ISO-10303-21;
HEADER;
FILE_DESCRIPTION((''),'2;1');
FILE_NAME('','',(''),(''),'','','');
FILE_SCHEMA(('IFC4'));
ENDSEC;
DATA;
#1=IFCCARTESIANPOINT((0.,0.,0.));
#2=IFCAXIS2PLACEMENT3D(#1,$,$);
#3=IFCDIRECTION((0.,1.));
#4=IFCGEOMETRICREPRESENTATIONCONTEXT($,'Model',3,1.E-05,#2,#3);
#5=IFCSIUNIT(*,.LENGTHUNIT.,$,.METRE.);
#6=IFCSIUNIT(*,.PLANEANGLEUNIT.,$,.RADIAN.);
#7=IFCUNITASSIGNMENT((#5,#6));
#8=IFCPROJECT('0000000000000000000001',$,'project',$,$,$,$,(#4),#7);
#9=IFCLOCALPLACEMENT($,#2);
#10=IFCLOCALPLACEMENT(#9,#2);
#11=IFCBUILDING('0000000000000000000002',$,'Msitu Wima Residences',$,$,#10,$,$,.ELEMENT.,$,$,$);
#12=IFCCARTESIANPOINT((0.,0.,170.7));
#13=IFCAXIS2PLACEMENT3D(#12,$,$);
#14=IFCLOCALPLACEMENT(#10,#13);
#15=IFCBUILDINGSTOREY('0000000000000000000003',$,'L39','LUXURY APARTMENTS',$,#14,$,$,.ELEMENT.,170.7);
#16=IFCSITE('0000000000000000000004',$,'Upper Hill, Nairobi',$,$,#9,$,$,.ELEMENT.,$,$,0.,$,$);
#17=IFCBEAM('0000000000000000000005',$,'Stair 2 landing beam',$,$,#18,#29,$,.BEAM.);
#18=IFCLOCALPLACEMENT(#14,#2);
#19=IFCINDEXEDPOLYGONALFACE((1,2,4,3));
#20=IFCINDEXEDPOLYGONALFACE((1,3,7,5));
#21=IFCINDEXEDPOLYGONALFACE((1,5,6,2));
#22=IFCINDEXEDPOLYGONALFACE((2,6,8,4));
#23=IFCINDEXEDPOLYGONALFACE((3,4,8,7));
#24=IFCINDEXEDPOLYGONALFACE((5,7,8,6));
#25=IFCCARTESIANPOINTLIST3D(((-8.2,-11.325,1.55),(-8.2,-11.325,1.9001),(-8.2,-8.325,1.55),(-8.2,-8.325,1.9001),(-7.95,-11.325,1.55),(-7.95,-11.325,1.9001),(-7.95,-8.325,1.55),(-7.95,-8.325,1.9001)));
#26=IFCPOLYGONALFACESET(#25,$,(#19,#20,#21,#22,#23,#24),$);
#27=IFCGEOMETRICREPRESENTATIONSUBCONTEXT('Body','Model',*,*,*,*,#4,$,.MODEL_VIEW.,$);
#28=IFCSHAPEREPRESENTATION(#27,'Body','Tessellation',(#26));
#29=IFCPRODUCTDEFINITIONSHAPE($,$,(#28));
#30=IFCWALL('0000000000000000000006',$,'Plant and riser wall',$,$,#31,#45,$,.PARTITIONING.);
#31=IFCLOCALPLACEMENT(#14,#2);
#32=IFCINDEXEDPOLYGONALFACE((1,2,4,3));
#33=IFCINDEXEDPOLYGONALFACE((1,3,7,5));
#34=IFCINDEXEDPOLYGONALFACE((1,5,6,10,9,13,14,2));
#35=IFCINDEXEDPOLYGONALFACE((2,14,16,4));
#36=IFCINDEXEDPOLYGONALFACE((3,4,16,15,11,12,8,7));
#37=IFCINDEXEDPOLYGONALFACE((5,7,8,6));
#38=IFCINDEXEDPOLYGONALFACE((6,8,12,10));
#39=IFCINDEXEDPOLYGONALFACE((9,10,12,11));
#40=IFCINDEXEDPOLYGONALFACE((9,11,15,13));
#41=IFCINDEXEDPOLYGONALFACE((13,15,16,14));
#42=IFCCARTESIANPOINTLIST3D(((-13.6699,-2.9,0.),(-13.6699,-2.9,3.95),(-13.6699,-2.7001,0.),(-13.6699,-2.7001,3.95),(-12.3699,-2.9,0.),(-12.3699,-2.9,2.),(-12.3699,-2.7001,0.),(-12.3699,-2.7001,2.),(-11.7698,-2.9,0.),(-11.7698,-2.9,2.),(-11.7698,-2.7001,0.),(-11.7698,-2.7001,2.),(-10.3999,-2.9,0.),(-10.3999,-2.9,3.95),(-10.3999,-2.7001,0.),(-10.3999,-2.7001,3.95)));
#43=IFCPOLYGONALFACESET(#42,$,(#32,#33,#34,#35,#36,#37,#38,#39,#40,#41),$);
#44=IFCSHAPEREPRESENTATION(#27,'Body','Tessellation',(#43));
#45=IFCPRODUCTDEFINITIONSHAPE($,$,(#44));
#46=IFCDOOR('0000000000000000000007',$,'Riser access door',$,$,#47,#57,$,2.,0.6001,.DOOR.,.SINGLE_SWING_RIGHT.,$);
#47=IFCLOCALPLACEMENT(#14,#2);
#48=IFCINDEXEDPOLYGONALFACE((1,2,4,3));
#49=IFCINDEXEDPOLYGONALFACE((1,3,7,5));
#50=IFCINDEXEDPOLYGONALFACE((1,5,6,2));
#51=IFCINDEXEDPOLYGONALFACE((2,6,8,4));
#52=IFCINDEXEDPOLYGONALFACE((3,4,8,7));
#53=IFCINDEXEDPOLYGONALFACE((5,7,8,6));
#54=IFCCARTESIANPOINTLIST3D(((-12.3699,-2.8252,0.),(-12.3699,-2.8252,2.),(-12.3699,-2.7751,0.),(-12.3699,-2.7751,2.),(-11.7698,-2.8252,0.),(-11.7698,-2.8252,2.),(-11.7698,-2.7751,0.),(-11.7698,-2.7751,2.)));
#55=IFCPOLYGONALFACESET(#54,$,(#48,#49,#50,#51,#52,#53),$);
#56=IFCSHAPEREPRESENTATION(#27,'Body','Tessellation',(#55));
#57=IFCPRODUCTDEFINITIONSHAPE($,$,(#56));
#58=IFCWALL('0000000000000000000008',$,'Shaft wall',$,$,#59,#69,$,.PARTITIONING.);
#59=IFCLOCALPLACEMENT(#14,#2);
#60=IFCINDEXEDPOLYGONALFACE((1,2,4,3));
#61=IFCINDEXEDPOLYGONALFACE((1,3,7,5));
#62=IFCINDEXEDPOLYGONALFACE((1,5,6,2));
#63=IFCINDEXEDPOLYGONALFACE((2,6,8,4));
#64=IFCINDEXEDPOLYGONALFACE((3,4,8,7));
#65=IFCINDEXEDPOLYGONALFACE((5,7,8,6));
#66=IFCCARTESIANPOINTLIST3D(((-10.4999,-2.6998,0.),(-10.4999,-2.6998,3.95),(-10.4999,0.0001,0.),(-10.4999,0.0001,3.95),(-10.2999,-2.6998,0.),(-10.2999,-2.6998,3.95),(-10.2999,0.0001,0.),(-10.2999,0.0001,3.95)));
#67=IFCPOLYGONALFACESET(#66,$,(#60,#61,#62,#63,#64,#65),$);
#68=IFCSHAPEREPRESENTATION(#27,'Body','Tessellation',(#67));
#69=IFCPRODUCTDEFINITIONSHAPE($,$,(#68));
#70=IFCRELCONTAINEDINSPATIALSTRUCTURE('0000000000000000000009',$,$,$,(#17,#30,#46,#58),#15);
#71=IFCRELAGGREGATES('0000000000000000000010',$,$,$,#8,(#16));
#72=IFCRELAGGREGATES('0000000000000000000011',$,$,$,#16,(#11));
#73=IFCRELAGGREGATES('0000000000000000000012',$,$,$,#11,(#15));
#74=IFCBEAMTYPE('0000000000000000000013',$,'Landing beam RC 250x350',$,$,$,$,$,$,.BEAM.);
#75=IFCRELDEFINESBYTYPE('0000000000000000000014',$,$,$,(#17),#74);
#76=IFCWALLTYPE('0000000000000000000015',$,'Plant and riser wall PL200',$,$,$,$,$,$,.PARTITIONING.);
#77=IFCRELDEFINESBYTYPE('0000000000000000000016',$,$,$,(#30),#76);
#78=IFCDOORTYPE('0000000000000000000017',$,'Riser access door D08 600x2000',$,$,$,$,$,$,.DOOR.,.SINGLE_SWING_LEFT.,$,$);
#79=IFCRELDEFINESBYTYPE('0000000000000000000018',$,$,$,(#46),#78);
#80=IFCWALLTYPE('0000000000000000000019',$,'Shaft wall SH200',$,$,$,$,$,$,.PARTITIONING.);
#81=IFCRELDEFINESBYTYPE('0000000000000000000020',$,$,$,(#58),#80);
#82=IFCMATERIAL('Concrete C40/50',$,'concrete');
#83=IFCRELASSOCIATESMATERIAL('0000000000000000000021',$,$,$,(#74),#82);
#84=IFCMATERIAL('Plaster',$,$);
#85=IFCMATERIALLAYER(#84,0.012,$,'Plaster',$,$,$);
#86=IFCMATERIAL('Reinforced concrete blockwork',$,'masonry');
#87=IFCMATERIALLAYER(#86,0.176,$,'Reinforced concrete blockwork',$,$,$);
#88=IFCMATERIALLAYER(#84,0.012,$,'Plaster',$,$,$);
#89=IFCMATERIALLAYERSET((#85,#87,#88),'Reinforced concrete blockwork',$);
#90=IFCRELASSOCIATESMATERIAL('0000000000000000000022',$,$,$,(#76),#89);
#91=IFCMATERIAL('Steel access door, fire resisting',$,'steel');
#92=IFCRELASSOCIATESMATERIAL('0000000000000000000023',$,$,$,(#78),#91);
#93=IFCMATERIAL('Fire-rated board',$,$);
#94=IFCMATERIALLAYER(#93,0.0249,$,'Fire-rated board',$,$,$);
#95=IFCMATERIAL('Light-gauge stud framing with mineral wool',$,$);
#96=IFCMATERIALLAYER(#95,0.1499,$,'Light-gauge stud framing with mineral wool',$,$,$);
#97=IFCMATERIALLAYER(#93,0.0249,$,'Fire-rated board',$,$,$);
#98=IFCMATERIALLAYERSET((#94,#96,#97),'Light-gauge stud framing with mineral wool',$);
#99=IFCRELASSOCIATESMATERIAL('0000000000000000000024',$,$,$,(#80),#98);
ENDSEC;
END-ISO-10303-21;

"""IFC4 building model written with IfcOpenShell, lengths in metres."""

from ifc_helpers import new_model, si_unit, direction, frame, frame_2d, origin, origin_2d, place, context, subcontext, project, spatial, rectangle, extrude, material, layer, layer_set, material_profile, profile_set, type_object, element, fill, save


model = new_model("IFC4")

# Units and contexts
model_context = context("Model", 3, precision=1e-05, world=origin(), true_north=direction((0.0, 1.0)))
body_context = subcontext(model_context, "Body", "Model", "MODEL_VIEW")
ifc_project = project(units=[si_unit("LENGTHUNIT", "METRE"), si_unit("PLANEANGLEUNIT", "RADIAN")], contexts=[model_context])

# Site, building, storey
site_placement = place(None, origin())
site = spatial("IfcSite", under=ifc_project, at=site_placement, Name="Upper Hill, Nairobi", CompositionType="ELEMENT", RefElevation=0.0)
building_placement = place(site_placement, origin())
building = spatial("IfcBuilding", under=site, at=building_placement, Name="Msitu Wima Residences", CompositionType="ELEMENT")
storey_placement = place(building_placement, frame((0.0, 0.0, 170.7)))
storey = spatial("IfcBuildingStorey", under=building, at=storey_placement, Name="L39", Description="LUXURY APARTMENTS", CompositionType="ELEMENT", Elevation=170.7)

# Beam
ifc_material_1 = material(Name="Concrete C40/50", Category="concrete")
ifc_material_profile = material_profile(ifc_material_1, rectangle(XDim=0.25, YDim=0.3501, at=origin_2d()), Name="RC 250x350")
ifc_profile_set = profile_set([ifc_material_profile], Name="Concrete C40/50")
beam_type = type_object("IfcBeamType", Name="Landing beam RC 250x350", PredefinedType="BEAM", material=ifc_profile_set)
beam_placement = place(storey_placement, frame((-8.075, -11.325, 1.7251), z_axis=(0.0, 1.0, 0.0), x_axis=(-1.0, 0.0, 0.0)))
element("IfcBeam", 1, at=beam_placement, inside=storey, type_object=beam_type, Name="Stair 2 landing beam", PredefinedType="BEAM", context=body_context, shape_type="SweptSolid", body=[
    extrude(rectangle(XDim=0.25, YDim=0.3501, at=origin_2d()), origin(), (0.0, 0.0, 1.0), 3.0),
])

# Wall, opening, door
ifc_material_2 = material(Name="Plaster")
ifc_layer_1 = layer(ifc_material_2, 0.012, Name="Plaster")
ifc_material_3 = material(Name="Reinforced concrete blockwork", Category="masonry")
ifc_layer_2 = layer(ifc_material_3, 0.176, Name="Reinforced concrete blockwork")
ifc_layer_3 = layer(ifc_material_2, 0.012, Name="Plaster")
ifc_layer_set_1 = layer_set([ifc_layer_1, ifc_layer_2, ifc_layer_3], Name="Reinforced concrete blockwork")
wall_type_1 = type_object("IfcWallType", Name="Plant and riser wall PL200", PredefinedType="PARTITIONING", material=ifc_layer_set_1)
wall_1_placement = place(storey_placement, frame((-13.6699, -2.8, 0.0), z_axis=(0.0, 0.0, 1.0), x_axis=(1.0, 0.0, 0.0)))
wall_1 = element("IfcWall", 2, at=wall_1_placement, inside=storey, type_object=wall_type_1, Name="Plant and riser wall", PredefinedType="PARTITIONING", context=body_context, shape_type="SweptSolid", body=[
    extrude(rectangle(XDim=3.27, YDim=0.2, at=frame_2d((1.635, 0.0))), origin(), (0.0, 0.0, 1.0), 3.95),
])
opening_1_placement = place(wall_1_placement, frame((1.3, 0.0, 0.0)))
opening_1 = element("IfcOpeningElement", 3, at=opening_1_placement, cuts=wall_1, PredefinedType="OPENING", context=body_context, shape_type="SweptSolid", body=[
    extrude(rectangle(XDim=0.6001, YDim=2.0, at=frame_2d((0.3, 1.0))), frame((0.0, 0.1099, 0.0), z_axis=(0.0, -1.0, 0.0), x_axis=(1.0, 0.0, 0.0)), (0.0, 0.0, 1.0), 0.22),
])
ifc_material_4 = material(Name="Steel access door, fire resisting", Category="steel")
door_type_1 = type_object("IfcDoorType", Name="Riser access door D08 600x2000", OperationType="SINGLE_SWING_LEFT", PredefinedType="DOOR", material=ifc_material_4)
door_1_placement = place(opening_1_placement, origin())
door_1 = element("IfcDoor", 4, at=door_1_placement, inside=storey, type_object=door_type_1, Name="Riser access door", OperationType="SINGLE_SWING_RIGHT", OverallHeight=2.0, OverallWidth=0.6001, PredefinedType="DOOR", context=body_context, shape_type="SweptSolid", body=[
    extrude(rectangle(XDim=0.6001, YDim=2.0, at=frame_2d((0.3, 1.0))), frame((0.0, 0.0249, 0.0), z_axis=(0.0, -1.0, 0.0), x_axis=(1.0, 0.0, 0.0)), (0.0, 0.0, 1.0), 0.05),
])
fill(opening_1, door_1)

# Wall
ifc_material_5 = material(Name="Fire-rated board")
ifc_layer_4 = layer(ifc_material_5, 0.0249, Name="Fire-rated board")
ifc_material_6 = material(Name="Light-gauge stud framing with mineral wool")
ifc_layer_5 = layer(ifc_material_6, 0.1499, Name="Light-gauge stud framing with mineral wool")
ifc_layer_6 = layer(ifc_material_5, 0.0249, Name="Fire-rated board")
ifc_layer_set_2 = layer_set([ifc_layer_4, ifc_layer_5, ifc_layer_6], Name="Light-gauge stud framing with mineral wool")
wall_type_2 = type_object("IfcWallType", Name="Shaft wall SH200", PredefinedType="PARTITIONING", material=ifc_layer_set_2)
wall_2_placement = place(storey_placement, frame((-10.3999, -2.7, 0.0), z_axis=(0.0, 0.0, 1.0), x_axis=(0.0, 1.0, 0.0)))
element("IfcWall", 5, at=wall_2_placement, inside=storey, type_object=wall_type_2, Name="Shaft wall", PredefinedType="PARTITIONING", context=body_context, shape_type="SweptSolid", body=[
    extrude(rectangle(XDim=2.7, YDim=0.2, at=frame_2d((1.3501, 0.0))), origin(), (0.0, 0.0, 1.0), 3.95),
])

save(model, "model.ifc")
